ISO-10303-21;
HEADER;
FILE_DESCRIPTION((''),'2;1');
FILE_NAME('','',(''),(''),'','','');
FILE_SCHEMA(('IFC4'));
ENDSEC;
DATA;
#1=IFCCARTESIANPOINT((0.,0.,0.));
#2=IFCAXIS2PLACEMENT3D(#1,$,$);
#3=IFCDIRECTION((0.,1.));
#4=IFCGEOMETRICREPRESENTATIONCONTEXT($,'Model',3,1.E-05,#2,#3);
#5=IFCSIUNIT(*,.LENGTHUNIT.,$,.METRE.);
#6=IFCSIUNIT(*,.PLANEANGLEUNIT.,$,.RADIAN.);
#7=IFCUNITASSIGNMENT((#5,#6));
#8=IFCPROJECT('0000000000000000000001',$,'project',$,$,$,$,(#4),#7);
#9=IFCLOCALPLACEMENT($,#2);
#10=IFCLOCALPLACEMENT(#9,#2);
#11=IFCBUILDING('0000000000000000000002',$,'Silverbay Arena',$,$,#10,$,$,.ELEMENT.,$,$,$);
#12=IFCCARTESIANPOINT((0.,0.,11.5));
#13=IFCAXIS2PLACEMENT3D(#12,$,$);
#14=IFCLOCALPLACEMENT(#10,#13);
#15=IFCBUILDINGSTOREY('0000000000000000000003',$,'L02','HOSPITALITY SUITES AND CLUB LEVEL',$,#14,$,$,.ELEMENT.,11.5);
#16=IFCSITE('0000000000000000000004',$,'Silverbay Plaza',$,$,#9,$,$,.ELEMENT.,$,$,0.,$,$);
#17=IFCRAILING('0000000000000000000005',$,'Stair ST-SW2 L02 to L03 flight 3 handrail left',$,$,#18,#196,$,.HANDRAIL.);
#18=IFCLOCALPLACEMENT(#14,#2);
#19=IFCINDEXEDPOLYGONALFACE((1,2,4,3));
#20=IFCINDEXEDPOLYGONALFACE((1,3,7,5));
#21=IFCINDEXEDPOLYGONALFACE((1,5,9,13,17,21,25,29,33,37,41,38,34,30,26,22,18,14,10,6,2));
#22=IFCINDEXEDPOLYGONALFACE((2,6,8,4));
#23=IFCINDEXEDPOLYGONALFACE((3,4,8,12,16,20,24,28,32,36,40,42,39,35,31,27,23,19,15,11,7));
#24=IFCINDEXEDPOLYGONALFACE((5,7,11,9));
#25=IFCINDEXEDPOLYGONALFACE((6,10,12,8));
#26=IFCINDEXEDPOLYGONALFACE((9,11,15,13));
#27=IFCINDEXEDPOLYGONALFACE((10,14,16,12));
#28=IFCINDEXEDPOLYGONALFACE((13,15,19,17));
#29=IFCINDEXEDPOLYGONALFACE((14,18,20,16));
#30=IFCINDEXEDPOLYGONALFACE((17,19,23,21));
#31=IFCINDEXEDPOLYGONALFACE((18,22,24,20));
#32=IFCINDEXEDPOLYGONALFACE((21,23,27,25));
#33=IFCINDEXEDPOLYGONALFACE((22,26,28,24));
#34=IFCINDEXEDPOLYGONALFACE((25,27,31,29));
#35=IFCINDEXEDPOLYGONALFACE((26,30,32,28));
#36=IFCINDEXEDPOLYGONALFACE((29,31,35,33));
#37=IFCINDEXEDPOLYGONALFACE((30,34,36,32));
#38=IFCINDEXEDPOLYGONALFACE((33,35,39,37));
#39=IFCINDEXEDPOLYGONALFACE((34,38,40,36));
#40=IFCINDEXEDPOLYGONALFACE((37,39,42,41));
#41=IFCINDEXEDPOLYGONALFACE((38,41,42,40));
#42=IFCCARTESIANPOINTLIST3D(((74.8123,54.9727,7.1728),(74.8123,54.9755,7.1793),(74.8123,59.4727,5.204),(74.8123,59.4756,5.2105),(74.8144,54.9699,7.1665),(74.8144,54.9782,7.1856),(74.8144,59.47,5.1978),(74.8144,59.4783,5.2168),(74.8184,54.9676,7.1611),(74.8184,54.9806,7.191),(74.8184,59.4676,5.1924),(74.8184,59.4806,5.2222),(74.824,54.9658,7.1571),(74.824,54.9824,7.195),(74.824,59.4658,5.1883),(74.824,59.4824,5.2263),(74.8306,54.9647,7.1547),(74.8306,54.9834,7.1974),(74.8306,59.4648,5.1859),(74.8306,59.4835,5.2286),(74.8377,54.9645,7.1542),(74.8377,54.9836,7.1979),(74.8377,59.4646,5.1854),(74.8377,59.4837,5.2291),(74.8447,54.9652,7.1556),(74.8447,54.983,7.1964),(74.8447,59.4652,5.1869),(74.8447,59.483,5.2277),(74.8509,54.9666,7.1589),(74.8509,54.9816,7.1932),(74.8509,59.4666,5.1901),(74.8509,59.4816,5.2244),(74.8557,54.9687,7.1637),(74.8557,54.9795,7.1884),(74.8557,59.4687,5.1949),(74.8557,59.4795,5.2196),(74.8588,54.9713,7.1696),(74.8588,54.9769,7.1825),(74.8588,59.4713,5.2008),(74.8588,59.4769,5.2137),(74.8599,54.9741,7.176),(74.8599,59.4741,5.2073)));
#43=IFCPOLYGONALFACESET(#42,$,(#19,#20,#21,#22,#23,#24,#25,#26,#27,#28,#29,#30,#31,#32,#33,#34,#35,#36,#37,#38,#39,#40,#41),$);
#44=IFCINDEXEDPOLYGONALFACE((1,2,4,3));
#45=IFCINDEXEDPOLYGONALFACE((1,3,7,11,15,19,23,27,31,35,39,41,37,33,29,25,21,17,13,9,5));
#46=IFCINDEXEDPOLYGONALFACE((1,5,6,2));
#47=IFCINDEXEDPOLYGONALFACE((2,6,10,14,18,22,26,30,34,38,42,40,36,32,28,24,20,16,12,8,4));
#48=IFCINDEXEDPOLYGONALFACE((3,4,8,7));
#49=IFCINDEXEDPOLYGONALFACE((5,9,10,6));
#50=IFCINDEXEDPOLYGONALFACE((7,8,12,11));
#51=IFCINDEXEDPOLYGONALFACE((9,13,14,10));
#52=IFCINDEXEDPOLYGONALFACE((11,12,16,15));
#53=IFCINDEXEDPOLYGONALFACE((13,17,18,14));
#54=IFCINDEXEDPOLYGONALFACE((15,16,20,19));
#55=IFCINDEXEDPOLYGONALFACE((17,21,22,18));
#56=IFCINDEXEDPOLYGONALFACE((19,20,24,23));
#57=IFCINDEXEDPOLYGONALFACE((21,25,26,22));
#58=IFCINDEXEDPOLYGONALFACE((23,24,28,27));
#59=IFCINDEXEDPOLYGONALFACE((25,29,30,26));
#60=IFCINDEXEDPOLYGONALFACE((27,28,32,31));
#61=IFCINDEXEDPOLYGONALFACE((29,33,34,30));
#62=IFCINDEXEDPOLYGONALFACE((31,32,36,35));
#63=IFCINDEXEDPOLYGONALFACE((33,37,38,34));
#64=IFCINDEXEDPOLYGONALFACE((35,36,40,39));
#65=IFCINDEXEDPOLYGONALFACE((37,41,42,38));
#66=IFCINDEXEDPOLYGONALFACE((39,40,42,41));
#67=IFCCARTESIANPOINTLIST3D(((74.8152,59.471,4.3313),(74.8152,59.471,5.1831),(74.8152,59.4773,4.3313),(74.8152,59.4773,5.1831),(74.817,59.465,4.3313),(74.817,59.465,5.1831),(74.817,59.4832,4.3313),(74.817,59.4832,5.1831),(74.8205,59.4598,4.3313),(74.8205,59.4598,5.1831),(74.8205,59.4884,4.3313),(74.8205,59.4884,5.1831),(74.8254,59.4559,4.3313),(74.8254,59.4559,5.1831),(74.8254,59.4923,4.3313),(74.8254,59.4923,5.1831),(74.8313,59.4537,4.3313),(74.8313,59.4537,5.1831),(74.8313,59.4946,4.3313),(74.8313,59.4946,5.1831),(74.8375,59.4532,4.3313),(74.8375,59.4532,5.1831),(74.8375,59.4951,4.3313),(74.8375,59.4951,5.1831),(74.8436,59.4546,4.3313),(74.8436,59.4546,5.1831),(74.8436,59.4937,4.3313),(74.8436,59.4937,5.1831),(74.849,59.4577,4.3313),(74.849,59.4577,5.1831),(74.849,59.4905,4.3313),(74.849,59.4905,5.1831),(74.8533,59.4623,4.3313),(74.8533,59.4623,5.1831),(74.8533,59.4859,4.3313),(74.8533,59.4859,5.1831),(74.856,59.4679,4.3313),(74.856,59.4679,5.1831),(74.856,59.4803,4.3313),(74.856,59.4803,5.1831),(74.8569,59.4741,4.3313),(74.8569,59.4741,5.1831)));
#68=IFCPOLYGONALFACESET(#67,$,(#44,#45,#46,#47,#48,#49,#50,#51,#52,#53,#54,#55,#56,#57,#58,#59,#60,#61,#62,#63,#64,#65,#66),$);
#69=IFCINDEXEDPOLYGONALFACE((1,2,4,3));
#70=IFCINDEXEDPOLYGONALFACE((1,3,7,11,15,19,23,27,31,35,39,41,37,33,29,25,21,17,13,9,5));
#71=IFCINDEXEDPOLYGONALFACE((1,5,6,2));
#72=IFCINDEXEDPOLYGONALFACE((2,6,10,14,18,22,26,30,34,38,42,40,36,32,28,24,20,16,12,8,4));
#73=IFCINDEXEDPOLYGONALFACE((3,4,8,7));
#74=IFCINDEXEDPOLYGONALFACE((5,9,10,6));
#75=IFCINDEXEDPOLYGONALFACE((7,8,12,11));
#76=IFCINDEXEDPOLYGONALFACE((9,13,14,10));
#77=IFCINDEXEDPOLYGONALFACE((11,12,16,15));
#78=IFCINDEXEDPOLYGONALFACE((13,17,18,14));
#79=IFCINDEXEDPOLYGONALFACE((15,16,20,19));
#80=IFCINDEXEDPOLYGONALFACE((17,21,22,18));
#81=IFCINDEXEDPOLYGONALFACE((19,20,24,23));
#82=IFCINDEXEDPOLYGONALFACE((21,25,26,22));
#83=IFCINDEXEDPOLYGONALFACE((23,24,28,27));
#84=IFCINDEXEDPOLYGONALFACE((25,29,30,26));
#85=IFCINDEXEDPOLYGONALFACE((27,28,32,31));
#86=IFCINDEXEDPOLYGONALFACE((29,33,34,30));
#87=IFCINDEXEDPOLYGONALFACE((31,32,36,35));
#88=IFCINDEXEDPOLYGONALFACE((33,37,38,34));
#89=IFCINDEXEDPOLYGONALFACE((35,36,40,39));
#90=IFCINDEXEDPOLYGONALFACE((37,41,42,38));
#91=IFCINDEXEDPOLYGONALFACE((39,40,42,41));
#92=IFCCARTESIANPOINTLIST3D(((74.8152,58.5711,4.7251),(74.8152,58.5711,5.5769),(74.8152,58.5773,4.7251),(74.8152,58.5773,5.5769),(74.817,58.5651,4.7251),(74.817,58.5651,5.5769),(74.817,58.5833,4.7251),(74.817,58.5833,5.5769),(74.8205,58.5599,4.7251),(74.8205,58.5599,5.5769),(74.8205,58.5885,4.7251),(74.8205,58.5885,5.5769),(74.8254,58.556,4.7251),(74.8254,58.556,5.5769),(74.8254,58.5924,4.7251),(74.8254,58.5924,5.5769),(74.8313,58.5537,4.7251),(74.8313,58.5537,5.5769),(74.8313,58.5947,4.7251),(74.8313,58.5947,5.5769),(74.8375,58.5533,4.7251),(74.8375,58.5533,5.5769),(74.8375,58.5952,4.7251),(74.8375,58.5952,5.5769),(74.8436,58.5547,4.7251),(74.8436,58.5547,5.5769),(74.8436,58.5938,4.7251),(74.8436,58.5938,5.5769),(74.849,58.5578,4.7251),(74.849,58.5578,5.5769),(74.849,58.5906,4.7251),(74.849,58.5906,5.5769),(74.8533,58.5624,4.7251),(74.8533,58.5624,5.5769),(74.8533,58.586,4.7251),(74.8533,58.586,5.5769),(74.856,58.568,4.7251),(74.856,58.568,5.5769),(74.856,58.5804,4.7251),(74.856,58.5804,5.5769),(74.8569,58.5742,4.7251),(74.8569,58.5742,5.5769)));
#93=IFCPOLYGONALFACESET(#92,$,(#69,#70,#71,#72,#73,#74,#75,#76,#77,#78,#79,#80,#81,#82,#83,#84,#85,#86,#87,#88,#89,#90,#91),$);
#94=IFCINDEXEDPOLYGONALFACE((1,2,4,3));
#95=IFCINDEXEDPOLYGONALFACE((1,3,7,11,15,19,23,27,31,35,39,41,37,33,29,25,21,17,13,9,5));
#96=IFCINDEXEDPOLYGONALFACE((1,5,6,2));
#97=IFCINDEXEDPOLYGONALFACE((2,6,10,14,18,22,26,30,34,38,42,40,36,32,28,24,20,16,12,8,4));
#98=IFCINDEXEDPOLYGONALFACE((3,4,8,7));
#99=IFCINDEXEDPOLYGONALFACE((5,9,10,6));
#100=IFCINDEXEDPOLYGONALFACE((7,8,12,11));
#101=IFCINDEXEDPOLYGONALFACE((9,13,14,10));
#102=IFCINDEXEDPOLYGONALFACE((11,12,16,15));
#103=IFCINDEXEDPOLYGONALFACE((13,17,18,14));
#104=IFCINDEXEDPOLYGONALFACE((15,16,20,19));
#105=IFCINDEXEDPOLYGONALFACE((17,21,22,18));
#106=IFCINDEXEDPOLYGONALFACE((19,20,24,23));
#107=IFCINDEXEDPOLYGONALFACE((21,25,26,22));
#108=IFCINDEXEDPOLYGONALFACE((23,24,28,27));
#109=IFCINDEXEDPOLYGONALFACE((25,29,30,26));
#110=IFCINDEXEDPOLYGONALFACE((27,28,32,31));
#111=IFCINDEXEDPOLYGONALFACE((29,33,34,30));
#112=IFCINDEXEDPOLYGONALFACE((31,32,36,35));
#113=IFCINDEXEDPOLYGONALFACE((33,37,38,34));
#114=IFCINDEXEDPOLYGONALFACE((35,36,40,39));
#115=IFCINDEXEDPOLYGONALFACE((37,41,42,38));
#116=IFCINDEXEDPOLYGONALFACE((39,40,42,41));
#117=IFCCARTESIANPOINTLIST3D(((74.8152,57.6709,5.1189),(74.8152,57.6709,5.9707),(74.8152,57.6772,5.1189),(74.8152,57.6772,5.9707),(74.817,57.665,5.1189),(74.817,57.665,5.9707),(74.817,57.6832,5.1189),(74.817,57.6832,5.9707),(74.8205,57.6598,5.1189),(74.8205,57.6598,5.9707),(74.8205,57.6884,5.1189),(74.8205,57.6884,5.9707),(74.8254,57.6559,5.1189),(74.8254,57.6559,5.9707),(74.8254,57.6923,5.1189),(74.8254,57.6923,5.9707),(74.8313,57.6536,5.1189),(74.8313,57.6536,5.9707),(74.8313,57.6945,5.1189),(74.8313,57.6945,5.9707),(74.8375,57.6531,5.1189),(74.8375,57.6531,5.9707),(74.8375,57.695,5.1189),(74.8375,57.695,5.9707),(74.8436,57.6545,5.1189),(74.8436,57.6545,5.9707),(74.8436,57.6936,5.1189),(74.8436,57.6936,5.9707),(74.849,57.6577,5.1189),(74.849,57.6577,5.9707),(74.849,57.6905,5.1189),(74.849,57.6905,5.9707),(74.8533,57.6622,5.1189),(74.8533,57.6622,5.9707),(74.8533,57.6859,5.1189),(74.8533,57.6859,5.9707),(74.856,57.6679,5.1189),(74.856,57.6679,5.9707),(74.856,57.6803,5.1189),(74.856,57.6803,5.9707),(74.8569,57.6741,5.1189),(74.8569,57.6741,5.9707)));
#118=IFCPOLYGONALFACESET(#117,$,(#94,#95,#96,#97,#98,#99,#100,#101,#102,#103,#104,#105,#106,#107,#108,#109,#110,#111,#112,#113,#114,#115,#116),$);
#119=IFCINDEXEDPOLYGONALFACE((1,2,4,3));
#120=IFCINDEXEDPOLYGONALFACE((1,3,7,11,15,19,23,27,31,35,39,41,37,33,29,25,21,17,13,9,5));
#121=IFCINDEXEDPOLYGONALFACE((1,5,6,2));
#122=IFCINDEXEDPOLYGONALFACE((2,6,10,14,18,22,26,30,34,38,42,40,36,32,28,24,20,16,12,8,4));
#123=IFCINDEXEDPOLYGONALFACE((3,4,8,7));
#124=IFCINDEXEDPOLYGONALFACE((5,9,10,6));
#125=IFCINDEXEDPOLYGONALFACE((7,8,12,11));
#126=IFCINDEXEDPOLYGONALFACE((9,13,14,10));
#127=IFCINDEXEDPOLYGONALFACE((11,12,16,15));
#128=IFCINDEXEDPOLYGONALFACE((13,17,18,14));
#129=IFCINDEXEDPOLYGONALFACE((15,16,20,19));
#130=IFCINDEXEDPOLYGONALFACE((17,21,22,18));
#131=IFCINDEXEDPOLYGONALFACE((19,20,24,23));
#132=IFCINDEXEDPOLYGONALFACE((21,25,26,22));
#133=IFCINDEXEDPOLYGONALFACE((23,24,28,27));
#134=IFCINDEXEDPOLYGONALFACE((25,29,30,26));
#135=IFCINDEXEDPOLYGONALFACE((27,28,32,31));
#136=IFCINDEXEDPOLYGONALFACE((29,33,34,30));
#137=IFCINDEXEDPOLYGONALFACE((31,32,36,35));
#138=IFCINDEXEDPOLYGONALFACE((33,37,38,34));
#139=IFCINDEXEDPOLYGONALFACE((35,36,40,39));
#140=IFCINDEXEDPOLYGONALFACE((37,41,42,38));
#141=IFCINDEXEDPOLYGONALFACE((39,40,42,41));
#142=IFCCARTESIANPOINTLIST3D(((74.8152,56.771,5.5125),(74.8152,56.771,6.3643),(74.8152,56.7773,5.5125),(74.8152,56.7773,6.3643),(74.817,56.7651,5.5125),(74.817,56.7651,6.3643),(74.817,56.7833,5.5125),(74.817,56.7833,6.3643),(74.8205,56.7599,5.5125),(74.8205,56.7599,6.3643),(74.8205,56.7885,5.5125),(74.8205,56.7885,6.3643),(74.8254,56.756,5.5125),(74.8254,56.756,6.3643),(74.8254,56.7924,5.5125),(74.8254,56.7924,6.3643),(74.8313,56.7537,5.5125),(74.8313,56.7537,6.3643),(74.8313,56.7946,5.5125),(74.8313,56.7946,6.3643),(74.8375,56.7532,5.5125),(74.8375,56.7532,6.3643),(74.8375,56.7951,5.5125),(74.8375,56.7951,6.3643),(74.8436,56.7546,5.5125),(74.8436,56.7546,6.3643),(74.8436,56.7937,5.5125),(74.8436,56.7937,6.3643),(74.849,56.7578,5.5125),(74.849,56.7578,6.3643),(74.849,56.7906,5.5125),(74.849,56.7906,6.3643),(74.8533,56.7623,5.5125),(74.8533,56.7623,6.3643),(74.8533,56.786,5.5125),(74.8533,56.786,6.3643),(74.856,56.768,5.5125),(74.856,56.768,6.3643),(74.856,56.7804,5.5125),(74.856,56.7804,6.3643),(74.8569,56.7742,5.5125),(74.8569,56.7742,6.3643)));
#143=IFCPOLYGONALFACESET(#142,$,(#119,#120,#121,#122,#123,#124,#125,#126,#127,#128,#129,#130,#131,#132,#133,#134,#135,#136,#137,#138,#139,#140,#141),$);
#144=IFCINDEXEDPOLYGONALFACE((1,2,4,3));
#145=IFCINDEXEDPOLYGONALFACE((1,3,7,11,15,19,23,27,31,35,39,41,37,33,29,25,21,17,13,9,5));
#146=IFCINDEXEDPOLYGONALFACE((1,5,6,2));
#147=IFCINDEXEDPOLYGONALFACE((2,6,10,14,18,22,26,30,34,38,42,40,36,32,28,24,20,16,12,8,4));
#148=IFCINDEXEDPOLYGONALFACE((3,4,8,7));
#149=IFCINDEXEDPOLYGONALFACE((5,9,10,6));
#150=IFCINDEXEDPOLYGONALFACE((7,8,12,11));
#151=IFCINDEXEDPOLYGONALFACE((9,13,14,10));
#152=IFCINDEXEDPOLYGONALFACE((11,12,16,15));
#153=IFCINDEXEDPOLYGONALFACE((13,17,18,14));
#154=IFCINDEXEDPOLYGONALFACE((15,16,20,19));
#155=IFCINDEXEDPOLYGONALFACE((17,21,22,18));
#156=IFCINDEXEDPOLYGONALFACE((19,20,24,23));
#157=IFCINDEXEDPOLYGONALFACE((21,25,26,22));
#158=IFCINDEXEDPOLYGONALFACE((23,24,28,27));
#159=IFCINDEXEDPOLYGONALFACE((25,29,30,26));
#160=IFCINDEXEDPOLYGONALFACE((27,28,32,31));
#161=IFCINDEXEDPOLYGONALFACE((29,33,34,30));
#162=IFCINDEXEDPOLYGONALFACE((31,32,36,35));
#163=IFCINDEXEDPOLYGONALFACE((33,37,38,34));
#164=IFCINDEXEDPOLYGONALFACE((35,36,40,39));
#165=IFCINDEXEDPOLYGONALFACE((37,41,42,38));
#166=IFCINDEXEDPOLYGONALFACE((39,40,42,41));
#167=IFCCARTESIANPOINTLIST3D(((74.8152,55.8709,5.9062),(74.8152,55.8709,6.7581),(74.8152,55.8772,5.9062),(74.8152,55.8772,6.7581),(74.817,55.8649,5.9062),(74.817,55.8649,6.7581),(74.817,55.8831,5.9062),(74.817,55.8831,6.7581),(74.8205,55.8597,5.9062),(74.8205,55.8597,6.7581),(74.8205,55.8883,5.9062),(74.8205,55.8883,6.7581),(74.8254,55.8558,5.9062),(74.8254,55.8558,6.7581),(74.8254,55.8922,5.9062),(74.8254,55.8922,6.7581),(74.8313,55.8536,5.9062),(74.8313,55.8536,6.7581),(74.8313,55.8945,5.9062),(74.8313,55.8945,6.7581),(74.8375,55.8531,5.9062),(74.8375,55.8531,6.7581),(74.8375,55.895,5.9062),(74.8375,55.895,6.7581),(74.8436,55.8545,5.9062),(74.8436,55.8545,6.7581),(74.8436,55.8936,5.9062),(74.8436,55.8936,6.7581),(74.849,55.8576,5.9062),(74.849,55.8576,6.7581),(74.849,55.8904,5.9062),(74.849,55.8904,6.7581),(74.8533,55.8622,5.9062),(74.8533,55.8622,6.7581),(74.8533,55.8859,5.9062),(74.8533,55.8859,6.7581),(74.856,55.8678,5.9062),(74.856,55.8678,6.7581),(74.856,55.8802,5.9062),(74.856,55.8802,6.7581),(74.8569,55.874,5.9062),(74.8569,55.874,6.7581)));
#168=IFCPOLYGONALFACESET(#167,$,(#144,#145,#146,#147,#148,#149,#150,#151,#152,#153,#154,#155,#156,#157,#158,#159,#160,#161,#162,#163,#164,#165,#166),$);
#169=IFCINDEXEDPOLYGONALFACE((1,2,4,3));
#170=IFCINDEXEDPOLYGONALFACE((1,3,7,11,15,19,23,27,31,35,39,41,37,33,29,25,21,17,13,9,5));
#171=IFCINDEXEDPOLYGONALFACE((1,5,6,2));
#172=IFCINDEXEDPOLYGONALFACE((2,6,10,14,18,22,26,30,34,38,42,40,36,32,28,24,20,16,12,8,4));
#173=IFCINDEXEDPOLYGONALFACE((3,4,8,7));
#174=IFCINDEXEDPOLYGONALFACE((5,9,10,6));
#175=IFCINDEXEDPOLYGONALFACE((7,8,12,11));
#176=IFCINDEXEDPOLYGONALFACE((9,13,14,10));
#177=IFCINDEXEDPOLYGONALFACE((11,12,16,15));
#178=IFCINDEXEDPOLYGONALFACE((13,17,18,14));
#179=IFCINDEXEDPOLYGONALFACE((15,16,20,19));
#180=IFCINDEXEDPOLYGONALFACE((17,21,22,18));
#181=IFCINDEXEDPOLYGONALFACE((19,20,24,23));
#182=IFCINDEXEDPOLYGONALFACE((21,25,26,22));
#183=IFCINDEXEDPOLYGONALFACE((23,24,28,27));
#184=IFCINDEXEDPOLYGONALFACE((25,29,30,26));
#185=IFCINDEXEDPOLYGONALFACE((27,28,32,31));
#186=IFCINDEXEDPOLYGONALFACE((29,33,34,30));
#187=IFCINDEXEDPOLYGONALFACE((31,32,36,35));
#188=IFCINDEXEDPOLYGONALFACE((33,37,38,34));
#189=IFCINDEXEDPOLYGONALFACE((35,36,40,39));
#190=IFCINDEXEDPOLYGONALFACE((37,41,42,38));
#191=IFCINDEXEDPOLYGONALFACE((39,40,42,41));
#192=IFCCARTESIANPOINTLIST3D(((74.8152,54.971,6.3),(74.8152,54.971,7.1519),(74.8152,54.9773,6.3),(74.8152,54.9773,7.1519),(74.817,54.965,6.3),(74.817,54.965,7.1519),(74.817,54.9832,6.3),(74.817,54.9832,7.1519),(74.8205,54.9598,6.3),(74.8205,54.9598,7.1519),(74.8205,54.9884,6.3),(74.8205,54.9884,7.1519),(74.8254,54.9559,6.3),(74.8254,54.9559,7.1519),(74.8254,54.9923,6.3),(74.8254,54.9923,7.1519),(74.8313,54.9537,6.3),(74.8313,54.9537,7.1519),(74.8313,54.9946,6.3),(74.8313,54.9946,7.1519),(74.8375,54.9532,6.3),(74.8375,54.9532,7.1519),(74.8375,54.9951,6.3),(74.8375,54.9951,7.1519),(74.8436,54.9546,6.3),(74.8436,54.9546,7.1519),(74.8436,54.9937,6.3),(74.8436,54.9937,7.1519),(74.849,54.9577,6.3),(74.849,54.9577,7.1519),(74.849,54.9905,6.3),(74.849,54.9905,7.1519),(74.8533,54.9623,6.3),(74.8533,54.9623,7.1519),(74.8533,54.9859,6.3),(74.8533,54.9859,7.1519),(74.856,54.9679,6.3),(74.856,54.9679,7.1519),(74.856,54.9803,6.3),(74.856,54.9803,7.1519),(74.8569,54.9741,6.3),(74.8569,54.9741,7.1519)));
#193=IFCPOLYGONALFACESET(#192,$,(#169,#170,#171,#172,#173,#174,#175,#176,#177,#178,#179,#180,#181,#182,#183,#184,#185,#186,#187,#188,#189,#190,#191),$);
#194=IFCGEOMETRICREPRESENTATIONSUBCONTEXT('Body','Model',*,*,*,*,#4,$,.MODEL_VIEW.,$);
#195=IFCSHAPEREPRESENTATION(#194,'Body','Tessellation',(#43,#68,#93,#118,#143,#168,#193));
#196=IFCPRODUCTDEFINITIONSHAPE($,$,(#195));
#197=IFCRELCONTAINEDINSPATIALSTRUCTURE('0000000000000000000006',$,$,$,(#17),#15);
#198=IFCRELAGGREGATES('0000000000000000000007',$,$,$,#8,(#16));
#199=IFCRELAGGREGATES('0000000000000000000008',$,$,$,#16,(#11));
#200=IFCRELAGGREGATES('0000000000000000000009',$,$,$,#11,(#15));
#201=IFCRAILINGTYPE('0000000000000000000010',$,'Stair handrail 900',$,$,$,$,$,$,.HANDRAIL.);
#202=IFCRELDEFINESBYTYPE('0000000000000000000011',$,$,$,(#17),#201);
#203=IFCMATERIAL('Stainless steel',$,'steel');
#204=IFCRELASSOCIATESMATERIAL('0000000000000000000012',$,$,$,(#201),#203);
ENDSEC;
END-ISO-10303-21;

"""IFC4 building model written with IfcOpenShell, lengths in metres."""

from ifc_helpers import new_model, si_unit, direction, frame, origin, origin_2d, place, context, subcontext, project, spatial, circle, extrude, material, type_object, element, save


model = new_model("IFC4")

# Units and contexts
model_context = context("Model", 3, precision=1e-05, world=origin(), true_north=direction((0.0, 1.0)))
body_context = subcontext(model_context, "Body", "Model", "MODEL_VIEW")
ifc_project = project(units=[si_unit("LENGTHUNIT", "METRE"), si_unit("PLANEANGLEUNIT", "RADIAN")], contexts=[model_context])

# Site, building, storey
site_placement = place(None, origin())
site = spatial("IfcSite", under=ifc_project, at=site_placement, Name="Silverbay Plaza", CompositionType="ELEMENT", RefElevation=0.0)
building_placement = place(site_placement, origin())
building = spatial("IfcBuilding", under=site, at=building_placement, Name="Silverbay Arena", CompositionType="ELEMENT")
storey_placement = place(building_placement, frame((0.0, 0.0, 11.5)))
storey = spatial("IfcBuildingStorey", under=building, at=storey_placement, Name="L02", Description="HOSPITALITY SUITES AND CLUB LEVEL", CompositionType="ELEMENT", Elevation=11.5)

# Railing
ifc_material_1 = material(Name="Stainless steel", Category="steel")
railing_type_1 = type_object("IfcRailingType", Name="Stair handrail 900", PredefinedType="HANDRAIL", material=ifc_material_1)
for number, where, name in (
    (1, (74.8359, 59.4741, 4.3313), "Stair ST-SW2 L02 to L03 flight 3 handrail left"),
):
    element("IfcRailing", number, at=place(storey_placement, frame(where)), inside=storey, type_object=railing_type_1, Name=name, PredefinedType="HANDRAIL", context=body_context, shape_type="SweptSolid", body=[
        extrude(circle(Radius=0.0239, at=origin_2d()), frame((0.0, 0.0, 0.876), z_axis=(0.0, -0.916157, 0.400819), x_axis=(1.0, 0.0, 0.0)), (0.0, 0.0, 1.0), 4.9119),
        extrude(circle(Radius=0.021, at=origin_2d()), origin(), (0.0, 0.0, 1.0), 0.8518),
        extrude(circle(Radius=0.021, at=origin_2d()), frame((0.0, -0.8999, 0.3938)), (0.0, 0.0, 1.0), 0.8518),
        extrude(circle(Radius=0.021, at=origin_2d()), frame((0.0, -1.8, 0.7876)), (0.0, 0.0, 1.0), 0.8518),
        extrude(circle(Radius=0.021, at=origin_2d()), frame((0.0, -2.7, 1.1812)), (0.0, 0.0, 1.0), 0.8518),
        extrude(circle(Radius=0.021, at=origin_2d()), frame((0.0, -3.6001, 1.575)), (0.0, 0.0, 1.0), 0.8518),
        extrude(circle(Radius=0.021, at=origin_2d()), frame((0.0, -4.5, 1.9688)), (0.0, 0.0, 1.0), 0.8518),
    ])

save(model, "model.ifc")
